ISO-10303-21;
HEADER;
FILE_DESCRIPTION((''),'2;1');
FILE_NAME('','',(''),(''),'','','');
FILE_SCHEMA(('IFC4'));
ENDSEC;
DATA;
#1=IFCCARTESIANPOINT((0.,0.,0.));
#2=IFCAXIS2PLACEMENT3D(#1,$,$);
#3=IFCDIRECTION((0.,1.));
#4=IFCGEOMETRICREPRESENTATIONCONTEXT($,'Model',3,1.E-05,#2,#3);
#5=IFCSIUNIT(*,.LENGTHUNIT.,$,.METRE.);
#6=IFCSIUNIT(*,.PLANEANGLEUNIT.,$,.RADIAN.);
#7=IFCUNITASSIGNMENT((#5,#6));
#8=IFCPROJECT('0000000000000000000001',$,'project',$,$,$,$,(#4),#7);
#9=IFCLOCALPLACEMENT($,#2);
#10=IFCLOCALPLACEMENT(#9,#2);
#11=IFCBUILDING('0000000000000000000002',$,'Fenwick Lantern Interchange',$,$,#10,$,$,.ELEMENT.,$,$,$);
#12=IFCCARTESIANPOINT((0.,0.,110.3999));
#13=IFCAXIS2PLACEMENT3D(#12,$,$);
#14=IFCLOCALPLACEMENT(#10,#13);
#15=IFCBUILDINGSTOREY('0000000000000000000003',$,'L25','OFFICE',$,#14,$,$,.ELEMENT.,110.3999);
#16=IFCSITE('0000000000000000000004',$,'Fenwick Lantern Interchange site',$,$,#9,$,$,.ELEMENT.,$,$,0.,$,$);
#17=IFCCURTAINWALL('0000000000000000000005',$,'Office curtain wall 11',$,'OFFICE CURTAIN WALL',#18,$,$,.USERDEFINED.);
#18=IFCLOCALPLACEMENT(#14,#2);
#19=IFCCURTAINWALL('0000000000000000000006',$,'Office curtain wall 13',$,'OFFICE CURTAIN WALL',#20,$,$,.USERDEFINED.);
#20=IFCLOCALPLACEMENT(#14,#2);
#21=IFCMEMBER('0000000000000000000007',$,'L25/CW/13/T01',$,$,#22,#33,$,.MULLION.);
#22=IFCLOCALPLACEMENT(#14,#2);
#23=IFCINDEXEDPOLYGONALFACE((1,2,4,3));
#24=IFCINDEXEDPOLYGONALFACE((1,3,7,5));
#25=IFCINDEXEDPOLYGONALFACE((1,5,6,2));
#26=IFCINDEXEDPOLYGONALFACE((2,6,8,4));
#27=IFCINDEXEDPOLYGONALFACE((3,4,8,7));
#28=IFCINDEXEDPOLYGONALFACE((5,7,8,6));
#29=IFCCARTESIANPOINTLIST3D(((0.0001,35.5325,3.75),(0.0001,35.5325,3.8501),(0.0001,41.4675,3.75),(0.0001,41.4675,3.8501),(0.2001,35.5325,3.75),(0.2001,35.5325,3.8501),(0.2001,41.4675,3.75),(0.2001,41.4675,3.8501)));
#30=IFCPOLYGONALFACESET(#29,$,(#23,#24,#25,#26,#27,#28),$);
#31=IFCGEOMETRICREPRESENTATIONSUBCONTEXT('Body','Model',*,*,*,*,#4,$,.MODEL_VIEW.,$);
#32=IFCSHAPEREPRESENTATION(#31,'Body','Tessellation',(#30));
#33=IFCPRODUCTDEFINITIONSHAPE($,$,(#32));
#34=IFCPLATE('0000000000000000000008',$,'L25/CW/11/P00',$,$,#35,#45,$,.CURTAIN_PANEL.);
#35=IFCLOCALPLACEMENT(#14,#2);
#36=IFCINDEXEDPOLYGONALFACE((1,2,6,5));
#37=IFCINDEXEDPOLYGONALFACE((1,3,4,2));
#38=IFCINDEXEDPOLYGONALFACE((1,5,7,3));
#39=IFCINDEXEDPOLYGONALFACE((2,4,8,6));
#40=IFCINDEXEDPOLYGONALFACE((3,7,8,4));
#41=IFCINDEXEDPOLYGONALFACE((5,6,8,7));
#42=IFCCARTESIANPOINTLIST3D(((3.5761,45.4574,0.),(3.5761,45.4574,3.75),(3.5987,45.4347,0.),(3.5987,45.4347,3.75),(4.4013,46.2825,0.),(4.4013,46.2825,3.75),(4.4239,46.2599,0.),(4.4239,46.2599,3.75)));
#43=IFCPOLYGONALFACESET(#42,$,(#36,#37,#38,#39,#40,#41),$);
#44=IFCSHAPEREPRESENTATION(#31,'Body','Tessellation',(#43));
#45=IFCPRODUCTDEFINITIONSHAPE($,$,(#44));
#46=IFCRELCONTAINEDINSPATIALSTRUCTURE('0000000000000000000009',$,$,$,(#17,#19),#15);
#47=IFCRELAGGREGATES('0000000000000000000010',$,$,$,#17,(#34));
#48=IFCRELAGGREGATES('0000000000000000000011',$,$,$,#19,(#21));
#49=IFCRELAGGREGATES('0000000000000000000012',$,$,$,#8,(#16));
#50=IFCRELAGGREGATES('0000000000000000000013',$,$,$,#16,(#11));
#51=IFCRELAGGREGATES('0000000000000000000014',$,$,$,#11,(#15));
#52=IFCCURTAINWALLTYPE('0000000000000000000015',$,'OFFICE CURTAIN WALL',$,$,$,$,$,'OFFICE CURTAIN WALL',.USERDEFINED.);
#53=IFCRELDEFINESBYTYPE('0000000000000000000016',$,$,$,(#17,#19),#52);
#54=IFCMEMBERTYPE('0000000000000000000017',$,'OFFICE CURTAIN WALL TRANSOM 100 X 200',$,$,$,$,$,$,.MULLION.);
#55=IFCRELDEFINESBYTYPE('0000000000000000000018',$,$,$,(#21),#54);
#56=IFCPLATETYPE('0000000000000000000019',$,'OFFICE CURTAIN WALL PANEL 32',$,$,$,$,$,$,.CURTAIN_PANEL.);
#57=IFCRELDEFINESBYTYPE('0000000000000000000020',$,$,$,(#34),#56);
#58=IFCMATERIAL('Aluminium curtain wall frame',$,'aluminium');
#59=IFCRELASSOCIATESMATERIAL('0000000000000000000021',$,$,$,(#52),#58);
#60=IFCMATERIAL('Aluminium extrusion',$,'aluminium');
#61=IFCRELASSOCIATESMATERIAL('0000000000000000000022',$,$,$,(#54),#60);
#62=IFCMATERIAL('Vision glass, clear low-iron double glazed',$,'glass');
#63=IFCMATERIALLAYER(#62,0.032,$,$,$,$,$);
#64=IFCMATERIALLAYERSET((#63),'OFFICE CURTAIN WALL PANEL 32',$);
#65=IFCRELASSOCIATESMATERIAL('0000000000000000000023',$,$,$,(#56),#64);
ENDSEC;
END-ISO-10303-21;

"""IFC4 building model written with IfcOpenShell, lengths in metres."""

from ifc_helpers import new_model, si_unit, direction, frame, origin, origin_2d, place, context, subcontext, project, spatial, rectangle, extrude, material, layer, layer_set, material_profile, profile_set, type_object, element, aggregate, save


model = new_model("IFC4")

# Units and contexts
model_context = context("Model", 3, precision=1e-05, world=origin(), true_north=direction((0.0, 1.0)))
body_context = subcontext(model_context, "Body", "Model", "MODEL_VIEW")
ifc_project = project(units=[si_unit("LENGTHUNIT", "METRE"), si_unit("PLANEANGLEUNIT", "RADIAN")], contexts=[model_context])

# Site, building, storey
site_placement = place(None, origin())
site = spatial("IfcSite", under=ifc_project, at=site_placement, Name="Fenwick Lantern Interchange site", CompositionType="ELEMENT", RefElevation=0.0)
building_placement = place(site_placement, origin())
building = spatial("IfcBuilding", under=site, at=building_placement, Name="Fenwick Lantern Interchange", CompositionType="ELEMENT")
storey_placement = place(building_placement, frame((0.0, 0.0, 110.3999)))
storey = spatial("IfcBuildingStorey", under=building, at=storey_placement, Name="L25", Description="OFFICE", CompositionType="ELEMENT", Elevation=110.3999)

# Shared definitions
ifc_material_1 = material(Name="Aluminium curtain wall frame", Category="aluminium")
curtain_wall_type = type_object("IfcCurtainWallType", Name="OFFICE CURTAIN WALL", ElementType="OFFICE CURTAIN WALL", PredefinedType="USERDEFINED", material=ifc_material_1)
ifc_material_2 = material(Name="Aluminium extrusion", Category="aluminium")

# Curtain walls
curtain_wall_1_placement = place(storey_placement, origin())
curtain_wall_1 = element("IfcCurtainWall", 1, at=curtain_wall_1_placement, inside=storey, type_object=curtain_wall_type, Name="Office curtain wall 11", ObjectType="OFFICE CURTAIN WALL", PredefinedType="USERDEFINED")
curtain_wall_2_placement = place(storey_placement, origin())
curtain_wall_2 = element("IfcCurtainWall", 2, at=curtain_wall_2_placement, inside=storey, type_object=curtain_wall_type, Name="Office curtain wall 13", ObjectType="OFFICE CURTAIN WALL", PredefinedType="USERDEFINED")

# Member
ifc_material_profile_1 = material_profile(ifc_material_2, rectangle(XDim=0.2, YDim=0.1001, at=origin_2d()), Name="OFFICE CURTAIN WALL TRANSOM 100 X 200")
ifc_profile_set_1 = profile_set([ifc_material_profile_1], Name="Aluminium extrusion")
member_type_1 = type_object("IfcMemberType", Name="OFFICE CURTAIN WALL TRANSOM 100 X 200", PredefinedType="MULLION", material=ifc_profile_set_1)
member_1_placement = place(storey_placement, frame((0.1001, 41.4675, 3.8), z_axis=(0.0, -1.0, 0.0), x_axis=(1.0, 0.0, 0.0)))
member_1 = element("IfcMember", 3, at=member_1_placement, type_object=member_type_1, Name="L25/CW/13/T01", PredefinedType="MULLION", context=body_context, shape_type="SweptSolid", body=[
    extrude(rectangle(XDim=0.2, YDim=0.1001, at=origin_2d()), origin(), (0.0, 0.0, 1.0), 5.9351),
])

# Plate
ifc_material_3 = material(Name="Vision glass, clear low-iron double glazed", Category="glass")
ifc_layer_1 = layer(ifc_material_3, 0.032)
ifc_layer_set_1 = layer_set([ifc_layer_1], Name="OFFICE CURTAIN WALL PANEL 32")
plate_type = type_object("IfcPlateType", Name="OFFICE CURTAIN WALL PANEL 32", PredefinedType="CURTAIN_PANEL", material=ifc_layer_set_1)
plate_1_placement = place(storey_placement, frame((4.0, 45.8586, 0.0), z_axis=(0.0, 0.0, 1.0), x_axis=(-0.707107, -0.707107, 0.0)))
plate_1 = element("IfcPlate", 4, at=plate_1_placement, type_object=plate_type, Name="L25/CW/11/P00", PredefinedType="CURTAIN_PANEL", context=body_context, shape_type="SweptSolid", body=[
    extrude(rectangle(XDim=1.167, YDim=0.032, at=origin_2d()), origin(), (0.0, 0.0, 1.0), 3.75),
])
aggregate(curtain_wall_1, [plate_1])
aggregate(curtain_wall_2, [member_1])

save(model, "model.ifc")
